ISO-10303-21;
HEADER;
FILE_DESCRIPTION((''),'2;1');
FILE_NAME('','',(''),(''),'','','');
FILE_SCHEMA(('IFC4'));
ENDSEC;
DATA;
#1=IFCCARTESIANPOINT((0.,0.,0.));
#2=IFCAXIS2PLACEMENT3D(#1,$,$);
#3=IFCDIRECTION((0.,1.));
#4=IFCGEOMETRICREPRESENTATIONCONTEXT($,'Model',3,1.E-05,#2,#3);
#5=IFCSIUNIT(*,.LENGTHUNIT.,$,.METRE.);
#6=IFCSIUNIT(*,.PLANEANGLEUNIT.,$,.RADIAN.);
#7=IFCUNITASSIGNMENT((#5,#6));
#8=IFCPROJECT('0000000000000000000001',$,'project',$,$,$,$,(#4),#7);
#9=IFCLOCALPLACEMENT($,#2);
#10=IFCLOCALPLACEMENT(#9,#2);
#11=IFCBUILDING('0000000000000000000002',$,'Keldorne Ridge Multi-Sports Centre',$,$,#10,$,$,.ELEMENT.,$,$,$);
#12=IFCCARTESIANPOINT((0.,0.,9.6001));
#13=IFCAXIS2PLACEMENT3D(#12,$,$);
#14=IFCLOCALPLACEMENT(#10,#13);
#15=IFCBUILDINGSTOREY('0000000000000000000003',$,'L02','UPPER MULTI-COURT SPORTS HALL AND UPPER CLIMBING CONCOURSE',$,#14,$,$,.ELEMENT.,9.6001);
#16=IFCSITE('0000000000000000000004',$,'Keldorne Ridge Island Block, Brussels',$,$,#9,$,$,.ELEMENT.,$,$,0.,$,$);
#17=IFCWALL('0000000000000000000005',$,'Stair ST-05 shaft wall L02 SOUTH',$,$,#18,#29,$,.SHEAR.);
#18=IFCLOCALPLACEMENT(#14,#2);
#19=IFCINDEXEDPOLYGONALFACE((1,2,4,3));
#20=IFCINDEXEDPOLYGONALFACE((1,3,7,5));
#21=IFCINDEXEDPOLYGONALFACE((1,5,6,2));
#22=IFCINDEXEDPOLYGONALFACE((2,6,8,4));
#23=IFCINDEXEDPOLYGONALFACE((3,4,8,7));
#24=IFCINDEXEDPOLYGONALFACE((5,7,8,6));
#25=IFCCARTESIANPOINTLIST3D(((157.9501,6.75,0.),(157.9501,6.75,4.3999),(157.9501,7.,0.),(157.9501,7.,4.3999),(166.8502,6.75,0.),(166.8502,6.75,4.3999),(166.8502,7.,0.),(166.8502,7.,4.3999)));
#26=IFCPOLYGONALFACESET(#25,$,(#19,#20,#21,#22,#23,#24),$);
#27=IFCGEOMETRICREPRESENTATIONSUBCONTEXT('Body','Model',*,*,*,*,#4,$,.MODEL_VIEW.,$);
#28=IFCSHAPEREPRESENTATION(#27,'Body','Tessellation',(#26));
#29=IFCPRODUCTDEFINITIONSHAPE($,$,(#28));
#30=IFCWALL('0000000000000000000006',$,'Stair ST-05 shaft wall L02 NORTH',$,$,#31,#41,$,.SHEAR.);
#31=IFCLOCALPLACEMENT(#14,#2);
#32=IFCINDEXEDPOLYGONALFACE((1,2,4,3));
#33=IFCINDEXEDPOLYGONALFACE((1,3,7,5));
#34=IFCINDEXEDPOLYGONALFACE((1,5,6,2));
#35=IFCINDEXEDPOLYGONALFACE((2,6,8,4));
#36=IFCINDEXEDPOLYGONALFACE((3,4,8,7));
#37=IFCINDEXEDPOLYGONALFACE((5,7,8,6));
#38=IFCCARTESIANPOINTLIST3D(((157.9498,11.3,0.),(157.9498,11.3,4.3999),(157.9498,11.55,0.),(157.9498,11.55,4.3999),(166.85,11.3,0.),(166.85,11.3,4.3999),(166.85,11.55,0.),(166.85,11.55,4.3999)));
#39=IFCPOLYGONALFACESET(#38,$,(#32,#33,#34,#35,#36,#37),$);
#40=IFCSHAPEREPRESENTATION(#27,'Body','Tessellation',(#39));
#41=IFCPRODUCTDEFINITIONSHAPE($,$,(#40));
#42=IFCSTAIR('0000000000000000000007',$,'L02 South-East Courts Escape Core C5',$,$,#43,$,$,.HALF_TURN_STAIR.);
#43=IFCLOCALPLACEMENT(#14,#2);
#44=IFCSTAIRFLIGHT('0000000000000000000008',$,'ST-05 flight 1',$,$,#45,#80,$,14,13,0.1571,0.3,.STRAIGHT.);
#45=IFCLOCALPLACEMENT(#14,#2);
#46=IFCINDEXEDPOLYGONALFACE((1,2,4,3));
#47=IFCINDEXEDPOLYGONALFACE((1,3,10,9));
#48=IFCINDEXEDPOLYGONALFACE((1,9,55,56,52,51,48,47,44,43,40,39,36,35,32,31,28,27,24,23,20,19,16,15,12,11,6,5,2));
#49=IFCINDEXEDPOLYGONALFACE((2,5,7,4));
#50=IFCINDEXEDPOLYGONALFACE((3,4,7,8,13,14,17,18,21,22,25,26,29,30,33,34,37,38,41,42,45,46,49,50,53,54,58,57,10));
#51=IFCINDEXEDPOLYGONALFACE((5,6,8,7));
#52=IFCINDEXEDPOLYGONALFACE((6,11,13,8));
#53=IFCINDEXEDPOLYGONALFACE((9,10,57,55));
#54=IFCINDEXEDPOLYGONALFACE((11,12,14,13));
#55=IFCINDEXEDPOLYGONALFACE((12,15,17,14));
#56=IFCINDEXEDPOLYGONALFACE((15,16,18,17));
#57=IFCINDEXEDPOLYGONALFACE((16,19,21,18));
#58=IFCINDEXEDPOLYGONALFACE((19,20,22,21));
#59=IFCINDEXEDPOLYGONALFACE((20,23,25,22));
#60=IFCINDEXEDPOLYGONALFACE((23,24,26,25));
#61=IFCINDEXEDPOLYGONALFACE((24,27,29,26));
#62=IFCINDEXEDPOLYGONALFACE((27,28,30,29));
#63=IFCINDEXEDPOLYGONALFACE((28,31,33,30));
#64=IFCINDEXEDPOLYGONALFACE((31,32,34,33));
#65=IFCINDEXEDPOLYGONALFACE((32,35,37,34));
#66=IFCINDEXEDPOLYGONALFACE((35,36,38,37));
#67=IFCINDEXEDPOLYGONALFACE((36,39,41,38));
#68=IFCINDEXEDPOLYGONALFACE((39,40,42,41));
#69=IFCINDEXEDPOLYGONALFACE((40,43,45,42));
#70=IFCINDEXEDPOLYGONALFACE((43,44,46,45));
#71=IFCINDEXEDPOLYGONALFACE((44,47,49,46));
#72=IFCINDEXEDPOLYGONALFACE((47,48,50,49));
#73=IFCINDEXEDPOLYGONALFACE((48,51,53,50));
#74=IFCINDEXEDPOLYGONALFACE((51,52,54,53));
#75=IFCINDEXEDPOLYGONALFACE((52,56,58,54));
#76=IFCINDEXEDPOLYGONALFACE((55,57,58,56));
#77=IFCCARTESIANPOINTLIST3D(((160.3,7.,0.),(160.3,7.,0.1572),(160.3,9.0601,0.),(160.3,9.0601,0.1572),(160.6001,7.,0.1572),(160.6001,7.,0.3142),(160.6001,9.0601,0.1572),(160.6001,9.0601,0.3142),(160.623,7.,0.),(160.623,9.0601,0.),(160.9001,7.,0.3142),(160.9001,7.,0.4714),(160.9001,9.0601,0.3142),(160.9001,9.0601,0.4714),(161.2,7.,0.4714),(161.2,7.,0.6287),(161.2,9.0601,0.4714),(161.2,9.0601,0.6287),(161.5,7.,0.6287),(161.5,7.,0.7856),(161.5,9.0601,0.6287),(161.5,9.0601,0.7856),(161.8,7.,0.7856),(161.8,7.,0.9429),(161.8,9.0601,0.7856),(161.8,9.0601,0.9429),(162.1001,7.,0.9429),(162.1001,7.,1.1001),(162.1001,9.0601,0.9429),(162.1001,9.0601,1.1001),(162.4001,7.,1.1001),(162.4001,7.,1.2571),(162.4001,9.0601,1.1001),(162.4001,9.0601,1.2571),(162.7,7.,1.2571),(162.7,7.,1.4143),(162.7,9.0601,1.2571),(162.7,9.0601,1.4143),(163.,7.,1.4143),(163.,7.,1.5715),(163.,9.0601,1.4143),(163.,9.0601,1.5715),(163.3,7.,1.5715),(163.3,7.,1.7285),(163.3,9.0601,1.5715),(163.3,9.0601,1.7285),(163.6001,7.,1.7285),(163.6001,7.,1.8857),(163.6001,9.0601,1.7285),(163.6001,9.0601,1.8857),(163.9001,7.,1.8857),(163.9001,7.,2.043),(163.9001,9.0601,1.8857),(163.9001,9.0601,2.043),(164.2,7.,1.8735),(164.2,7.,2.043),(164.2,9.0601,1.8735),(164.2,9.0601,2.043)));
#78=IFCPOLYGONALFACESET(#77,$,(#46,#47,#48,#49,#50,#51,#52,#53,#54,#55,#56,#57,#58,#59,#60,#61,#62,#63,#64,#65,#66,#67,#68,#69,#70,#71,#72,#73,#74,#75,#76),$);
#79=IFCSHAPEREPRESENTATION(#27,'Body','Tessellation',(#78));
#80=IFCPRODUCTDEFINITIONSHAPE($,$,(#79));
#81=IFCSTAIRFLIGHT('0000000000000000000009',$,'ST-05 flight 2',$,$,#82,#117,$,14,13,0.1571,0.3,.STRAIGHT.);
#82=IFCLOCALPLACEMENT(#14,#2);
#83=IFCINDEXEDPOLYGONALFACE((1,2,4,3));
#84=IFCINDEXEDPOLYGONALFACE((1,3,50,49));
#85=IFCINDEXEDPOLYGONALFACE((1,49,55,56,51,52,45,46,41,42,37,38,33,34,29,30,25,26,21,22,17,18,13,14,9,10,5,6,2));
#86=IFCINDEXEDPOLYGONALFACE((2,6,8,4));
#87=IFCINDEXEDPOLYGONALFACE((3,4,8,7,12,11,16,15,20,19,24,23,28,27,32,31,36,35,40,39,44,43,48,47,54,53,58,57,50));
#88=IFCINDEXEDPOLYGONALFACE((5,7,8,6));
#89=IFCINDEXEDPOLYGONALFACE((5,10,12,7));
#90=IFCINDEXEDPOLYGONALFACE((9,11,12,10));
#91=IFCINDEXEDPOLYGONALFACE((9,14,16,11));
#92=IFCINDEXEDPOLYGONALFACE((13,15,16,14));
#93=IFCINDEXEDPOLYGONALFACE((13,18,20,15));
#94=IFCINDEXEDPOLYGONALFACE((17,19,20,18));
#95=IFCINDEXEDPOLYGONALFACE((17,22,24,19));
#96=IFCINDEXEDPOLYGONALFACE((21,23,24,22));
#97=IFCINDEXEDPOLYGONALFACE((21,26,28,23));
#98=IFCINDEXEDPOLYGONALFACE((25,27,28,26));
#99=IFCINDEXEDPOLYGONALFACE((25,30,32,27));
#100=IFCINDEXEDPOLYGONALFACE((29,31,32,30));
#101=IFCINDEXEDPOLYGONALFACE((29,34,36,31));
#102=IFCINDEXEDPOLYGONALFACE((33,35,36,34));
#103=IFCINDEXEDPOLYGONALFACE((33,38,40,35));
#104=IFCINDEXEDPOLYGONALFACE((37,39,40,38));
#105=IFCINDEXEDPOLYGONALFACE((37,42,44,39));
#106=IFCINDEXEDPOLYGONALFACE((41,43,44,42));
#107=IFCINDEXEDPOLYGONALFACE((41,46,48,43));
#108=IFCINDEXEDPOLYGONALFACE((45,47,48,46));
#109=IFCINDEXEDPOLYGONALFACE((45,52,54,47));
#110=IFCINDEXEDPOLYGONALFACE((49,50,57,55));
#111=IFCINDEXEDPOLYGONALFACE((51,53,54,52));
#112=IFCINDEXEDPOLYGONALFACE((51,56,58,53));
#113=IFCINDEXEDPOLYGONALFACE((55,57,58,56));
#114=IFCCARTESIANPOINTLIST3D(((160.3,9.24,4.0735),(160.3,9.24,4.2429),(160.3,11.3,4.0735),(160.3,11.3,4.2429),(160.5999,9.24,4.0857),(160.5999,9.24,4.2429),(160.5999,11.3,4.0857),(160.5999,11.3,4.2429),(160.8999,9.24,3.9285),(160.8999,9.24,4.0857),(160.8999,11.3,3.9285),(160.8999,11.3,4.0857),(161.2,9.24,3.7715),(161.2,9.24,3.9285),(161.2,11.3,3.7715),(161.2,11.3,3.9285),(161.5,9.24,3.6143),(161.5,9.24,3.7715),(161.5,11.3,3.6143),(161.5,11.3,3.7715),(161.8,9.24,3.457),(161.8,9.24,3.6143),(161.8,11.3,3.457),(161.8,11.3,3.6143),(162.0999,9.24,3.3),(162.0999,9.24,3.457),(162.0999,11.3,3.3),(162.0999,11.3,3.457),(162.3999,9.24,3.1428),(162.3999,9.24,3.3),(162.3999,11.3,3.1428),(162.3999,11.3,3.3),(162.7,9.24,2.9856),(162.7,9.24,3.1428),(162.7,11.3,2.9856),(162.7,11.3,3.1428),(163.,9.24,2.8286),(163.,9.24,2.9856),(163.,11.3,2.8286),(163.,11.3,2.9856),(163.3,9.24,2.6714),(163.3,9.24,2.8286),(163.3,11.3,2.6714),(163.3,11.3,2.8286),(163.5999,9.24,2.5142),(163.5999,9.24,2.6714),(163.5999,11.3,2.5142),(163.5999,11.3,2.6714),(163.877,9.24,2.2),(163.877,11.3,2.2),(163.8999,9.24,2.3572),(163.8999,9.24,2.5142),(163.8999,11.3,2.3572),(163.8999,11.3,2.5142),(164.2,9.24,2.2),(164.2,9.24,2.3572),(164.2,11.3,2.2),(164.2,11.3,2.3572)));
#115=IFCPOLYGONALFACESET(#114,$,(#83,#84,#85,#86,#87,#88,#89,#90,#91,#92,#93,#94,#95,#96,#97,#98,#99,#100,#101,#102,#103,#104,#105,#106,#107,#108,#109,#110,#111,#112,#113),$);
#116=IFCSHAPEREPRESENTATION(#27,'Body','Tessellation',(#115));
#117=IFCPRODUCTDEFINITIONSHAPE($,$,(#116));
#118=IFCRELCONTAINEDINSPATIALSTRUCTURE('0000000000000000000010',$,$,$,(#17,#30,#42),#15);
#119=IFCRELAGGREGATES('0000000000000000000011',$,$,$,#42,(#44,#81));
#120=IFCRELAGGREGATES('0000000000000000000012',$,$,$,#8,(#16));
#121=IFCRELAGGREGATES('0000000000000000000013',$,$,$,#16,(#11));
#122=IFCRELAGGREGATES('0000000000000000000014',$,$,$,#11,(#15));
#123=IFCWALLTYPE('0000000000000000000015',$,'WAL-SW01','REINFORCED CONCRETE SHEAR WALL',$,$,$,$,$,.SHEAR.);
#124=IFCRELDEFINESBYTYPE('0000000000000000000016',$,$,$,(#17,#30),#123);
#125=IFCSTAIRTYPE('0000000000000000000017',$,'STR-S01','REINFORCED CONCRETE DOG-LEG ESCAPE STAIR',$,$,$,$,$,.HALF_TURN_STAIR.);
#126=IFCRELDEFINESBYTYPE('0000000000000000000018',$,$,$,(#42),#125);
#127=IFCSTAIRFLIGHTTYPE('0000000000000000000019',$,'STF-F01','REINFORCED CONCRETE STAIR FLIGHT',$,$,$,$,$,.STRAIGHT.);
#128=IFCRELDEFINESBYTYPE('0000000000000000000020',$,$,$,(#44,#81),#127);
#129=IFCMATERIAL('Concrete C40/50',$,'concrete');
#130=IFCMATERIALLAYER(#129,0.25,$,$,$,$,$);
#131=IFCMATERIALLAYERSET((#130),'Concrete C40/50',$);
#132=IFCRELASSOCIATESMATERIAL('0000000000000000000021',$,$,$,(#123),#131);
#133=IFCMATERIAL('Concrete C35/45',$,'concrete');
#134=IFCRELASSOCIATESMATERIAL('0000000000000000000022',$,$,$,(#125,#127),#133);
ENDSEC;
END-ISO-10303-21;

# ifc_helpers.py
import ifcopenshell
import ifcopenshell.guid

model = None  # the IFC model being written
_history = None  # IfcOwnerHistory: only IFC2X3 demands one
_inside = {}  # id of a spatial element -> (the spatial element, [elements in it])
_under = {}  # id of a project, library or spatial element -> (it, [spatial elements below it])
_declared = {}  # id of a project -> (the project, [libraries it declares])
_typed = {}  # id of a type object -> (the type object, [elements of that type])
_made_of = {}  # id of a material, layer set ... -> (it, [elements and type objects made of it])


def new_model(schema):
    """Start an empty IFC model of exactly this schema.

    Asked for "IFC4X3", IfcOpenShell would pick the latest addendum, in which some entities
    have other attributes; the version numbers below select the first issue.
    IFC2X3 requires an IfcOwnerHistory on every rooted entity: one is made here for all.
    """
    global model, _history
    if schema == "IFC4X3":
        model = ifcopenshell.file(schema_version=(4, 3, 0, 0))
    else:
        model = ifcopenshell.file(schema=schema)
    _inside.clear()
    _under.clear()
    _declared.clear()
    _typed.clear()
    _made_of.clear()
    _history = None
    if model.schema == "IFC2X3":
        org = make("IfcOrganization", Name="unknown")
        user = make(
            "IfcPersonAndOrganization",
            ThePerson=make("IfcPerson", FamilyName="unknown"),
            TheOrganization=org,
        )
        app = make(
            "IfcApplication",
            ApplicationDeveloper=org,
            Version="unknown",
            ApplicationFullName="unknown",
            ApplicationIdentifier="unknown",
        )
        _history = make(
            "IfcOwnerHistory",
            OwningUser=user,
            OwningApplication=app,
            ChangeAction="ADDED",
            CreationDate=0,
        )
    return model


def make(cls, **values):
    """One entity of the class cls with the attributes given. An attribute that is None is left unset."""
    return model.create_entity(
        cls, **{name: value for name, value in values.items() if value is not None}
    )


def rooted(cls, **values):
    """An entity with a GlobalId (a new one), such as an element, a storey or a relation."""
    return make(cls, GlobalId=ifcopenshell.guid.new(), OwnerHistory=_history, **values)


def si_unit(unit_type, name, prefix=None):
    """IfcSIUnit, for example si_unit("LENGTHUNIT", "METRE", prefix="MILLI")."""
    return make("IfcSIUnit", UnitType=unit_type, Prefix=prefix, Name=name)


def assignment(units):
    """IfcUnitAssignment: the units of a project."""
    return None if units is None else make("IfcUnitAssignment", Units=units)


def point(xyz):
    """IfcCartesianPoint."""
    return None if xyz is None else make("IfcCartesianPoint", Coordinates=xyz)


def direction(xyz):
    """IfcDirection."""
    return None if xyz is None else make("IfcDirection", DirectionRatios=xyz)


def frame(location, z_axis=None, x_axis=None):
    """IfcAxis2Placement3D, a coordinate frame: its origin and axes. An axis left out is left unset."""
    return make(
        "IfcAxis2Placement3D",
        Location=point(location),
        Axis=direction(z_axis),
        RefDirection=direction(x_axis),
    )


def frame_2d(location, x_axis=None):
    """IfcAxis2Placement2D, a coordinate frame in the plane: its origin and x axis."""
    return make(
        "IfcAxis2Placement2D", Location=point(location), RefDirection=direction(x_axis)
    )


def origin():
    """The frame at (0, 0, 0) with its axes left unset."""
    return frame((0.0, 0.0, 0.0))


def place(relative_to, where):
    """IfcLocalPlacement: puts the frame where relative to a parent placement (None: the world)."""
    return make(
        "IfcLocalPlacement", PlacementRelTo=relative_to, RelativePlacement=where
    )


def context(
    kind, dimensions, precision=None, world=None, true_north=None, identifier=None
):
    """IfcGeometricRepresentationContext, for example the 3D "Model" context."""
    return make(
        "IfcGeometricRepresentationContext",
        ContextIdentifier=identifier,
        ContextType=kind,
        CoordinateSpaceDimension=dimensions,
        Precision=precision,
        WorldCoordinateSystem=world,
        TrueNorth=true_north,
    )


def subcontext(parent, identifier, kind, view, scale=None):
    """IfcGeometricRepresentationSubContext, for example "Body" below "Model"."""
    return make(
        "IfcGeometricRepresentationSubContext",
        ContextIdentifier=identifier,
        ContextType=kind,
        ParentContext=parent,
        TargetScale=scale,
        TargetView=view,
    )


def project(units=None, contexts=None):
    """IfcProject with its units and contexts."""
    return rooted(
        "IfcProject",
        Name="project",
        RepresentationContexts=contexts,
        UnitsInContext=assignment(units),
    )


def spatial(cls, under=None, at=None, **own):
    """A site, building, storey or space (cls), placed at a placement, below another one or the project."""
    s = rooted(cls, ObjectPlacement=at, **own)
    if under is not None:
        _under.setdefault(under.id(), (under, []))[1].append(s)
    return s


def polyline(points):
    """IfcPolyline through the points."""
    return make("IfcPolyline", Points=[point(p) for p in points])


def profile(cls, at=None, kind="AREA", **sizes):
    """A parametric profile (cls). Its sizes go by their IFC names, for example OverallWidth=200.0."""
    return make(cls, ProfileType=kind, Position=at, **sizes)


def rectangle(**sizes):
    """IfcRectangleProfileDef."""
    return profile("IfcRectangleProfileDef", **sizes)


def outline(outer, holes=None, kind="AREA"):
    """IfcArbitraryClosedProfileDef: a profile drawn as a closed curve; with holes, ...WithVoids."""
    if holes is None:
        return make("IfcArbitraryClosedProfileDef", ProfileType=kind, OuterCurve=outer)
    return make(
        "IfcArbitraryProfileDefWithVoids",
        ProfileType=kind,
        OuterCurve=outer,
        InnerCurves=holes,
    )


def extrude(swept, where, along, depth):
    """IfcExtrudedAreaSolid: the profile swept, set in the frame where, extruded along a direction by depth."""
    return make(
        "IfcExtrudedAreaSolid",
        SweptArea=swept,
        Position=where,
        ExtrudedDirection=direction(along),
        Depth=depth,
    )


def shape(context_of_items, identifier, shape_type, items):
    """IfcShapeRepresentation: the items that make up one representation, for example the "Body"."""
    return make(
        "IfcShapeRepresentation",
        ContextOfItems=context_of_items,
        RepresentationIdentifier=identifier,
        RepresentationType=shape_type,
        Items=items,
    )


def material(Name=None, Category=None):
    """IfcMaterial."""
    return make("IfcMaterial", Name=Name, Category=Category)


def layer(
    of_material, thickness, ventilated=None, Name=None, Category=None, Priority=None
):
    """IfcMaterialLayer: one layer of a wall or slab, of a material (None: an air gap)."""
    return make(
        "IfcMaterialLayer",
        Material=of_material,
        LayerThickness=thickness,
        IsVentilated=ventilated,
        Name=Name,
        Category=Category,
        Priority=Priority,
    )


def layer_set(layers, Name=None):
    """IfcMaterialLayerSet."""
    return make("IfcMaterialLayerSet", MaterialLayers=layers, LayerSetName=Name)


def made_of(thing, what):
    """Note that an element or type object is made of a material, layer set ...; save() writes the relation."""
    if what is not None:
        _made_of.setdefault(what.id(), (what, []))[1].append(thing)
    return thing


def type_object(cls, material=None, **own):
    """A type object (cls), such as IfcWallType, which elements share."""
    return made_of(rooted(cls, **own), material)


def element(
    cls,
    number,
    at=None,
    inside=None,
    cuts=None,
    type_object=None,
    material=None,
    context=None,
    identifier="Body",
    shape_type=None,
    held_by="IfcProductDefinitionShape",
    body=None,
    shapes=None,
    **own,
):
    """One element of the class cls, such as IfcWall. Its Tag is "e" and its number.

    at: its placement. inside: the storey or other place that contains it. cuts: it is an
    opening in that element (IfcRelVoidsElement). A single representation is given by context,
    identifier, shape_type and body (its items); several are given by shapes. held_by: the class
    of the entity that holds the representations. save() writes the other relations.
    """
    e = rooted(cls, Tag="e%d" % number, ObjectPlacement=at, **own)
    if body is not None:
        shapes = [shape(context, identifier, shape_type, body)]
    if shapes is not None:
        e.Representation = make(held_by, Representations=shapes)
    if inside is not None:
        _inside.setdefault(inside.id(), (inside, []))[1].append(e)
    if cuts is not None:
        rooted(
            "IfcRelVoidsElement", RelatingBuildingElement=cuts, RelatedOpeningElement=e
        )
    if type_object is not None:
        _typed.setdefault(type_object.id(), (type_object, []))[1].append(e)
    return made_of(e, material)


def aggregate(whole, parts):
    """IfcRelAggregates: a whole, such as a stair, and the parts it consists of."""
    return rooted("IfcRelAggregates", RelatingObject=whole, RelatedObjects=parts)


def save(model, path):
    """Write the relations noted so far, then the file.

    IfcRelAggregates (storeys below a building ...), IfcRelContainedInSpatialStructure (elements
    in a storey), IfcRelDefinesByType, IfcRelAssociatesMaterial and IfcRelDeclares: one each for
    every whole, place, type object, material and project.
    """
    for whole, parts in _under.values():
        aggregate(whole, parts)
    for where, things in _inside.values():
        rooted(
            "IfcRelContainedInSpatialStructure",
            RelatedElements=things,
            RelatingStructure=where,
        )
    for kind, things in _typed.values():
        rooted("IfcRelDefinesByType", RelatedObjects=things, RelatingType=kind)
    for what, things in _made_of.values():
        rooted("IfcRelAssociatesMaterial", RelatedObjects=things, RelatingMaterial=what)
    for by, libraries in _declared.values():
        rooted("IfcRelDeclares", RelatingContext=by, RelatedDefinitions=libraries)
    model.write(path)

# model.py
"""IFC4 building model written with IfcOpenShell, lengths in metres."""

from ifc_helpers import new_model, si_unit, direction, frame, frame_2d, origin, place, context, subcontext, project, spatial, polyline, rectangle, outline, extrude, material, layer, layer_set, type_object, element, aggregate, save


model = new_model("IFC4")

# Units and contexts
model_context = context("Model", 3, precision=1e-05, world=origin(), true_north=direction((0.0, 1.0)))
body_context = subcontext(model_context, "Body", "Model", "MODEL_VIEW")
ifc_project = project(units=[si_unit("LENGTHUNIT", "METRE"), si_unit("PLANEANGLEUNIT", "RADIAN")], contexts=[model_context])

# Site, building, storey
site_placement = place(None, origin())
site = spatial("IfcSite", under=ifc_project, at=site_placement, Name="Keldorne Ridge Island Block, Brussels", CompositionType="ELEMENT", RefElevation=0.0)
building_placement = place(site_placement, origin())
building = spatial("IfcBuilding", under=site, at=building_placement, Name="Keldorne Ridge Multi-Sports Centre", CompositionType="ELEMENT")
storey_placement = place(building_placement, frame((0.0, 0.0, 9.6001)))
storey = spatial("IfcBuildingStorey", under=building, at=storey_placement, Name="L02", Description="UPPER MULTI-COURT SPORTS HALL AND UPPER CLIMBING CONCOURSE", CompositionType="ELEMENT", Elevation=9.6001)

# Shared definitions
ifc_material_1 = material(Name="Concrete C40/50", Category="concrete")
ifc_layer_1 = layer(ifc_material_1, 0.25)
ifc_layer_set_1 = layer_set([ifc_layer_1], Name="Concrete C40/50")
wall_type_1 = type_object("IfcWallType", Name="WAL-SW01", Description="REINFORCED CONCRETE SHEAR WALL", PredefinedType="SHEAR", material=ifc_layer_set_1)

# Walls
for number, where, z_axis, x_axis, name in (
    (1, (157.95, 6.875, 0.0), (0.0, 0.0, 1.0), (1.0, 0.0, 0.0), "Stair ST-05 shaft wall L02 SOUTH"),
    (2, (166.8501, 11.425, 0.0), (0.0, 0.0, 1.0), (-1.0, 0.0, 0.0), "Stair ST-05 shaft wall L02 NORTH"),
):
    element("IfcWall", number, at=place(storey_placement, frame(where, z_axis=z_axis, x_axis=x_axis)), inside=storey, type_object=wall_type_1, Name=name, PredefinedType="SHEAR", context=body_context, shape_type="SweptSolid", body=[
        extrude(rectangle(XDim=8.9001, YDim=0.25, at=frame_2d((4.4502, 0.0))), origin(), (0.0, 0.0, 1.0), 4.3999),
    ])

# Stair, stair flights
ifc_material_2 = material(Name="Concrete C35/45", Category="concrete")
stair_type = type_object("IfcStairType", Name="STR-S01", Description="REINFORCED CONCRETE DOG-LEG ESCAPE STAIR", PredefinedType="HALF_TURN_STAIR", material=ifc_material_2)
stair_placement = place(storey_placement, origin())
stair = element("IfcStair", 3, at=stair_placement, inside=storey, type_object=stair_type, Name="L02 South-East Courts Escape Core C5", PredefinedType="HALF_TURN_STAIR")
stair_flight_type = type_object("IfcStairFlightType", Name="STF-F01", Description="REINFORCED CONCRETE STAIR FLIGHT", PredefinedType="STRAIGHT", material=ifc_material_2)
stair_flight_1_placement = place(storey_placement, frame((160.3, 8.03, 0.0), z_axis=(0.0, 0.0, 1.0), x_axis=(1.0, 0.0, 0.0)))
stair_flight_1 = element("IfcStairFlight", 4, at=stair_flight_1_placement, type_object=stair_flight_type, Name="ST-05 flight 1", NumberOfRisers=14, NumberOfTreads=13, PredefinedType="STRAIGHT", RiserHeight=0.1571, TreadLength=0.3, context=body_context, shape_type="SweptSolid", body=[
    extrude(outline(polyline([(0.0, 0.0), (0.0, 0.1572), (0.3, 0.1572), (0.3, 0.3142), (0.6001, 0.3142), (0.6001, 0.4714), (0.8999, 0.4714), (0.8999, 0.6287), (1.2, 0.6287), (1.2, 0.7856), (1.5, 0.7856), (1.5, 0.9429), (1.8, 0.9429), (1.8, 1.1001), (2.1001, 1.1001), (2.1001, 1.2571), (2.3999, 1.2571), (2.3999, 1.4143), (2.7, 1.4143), (2.7, 1.5715), (3.0, 1.5715), (3.0, 1.7285), (3.3, 1.7285), (3.3, 1.8857), (3.6001, 1.8857), (3.6001, 2.043), (3.8999, 2.043), (3.8999, 2.2), (3.8999, 1.8735), (0.323, 0.0), (0.0, 0.0)])), frame((0.0, 1.03, 0.0), z_axis=(0.0, -1.0, 0.0), x_axis=(1.0, 0.0, 0.0)), (0.0, 0.0, 1.0), 2.0601),
])
stair_flight_2_placement = place(storey_placement, frame((164.2, 10.27, 2.2), z_axis=(0.0, 0.0, 1.0), x_axis=(-1.0, 0.0, 0.0)))
stair_flight_2 = element("IfcStairFlight", 5, at=stair_flight_2_placement, type_object=stair_flight_type, Name="ST-05 flight 2", NumberOfRisers=14, NumberOfTreads=13, PredefinedType="STRAIGHT", RiserHeight=0.1571, TreadLength=0.3, context=body_context, shape_type="SweptSolid", body=[
    extrude(outline(polyline([(0.0, 0.0), (0.0, 0.1572), (0.3, 0.1572), (0.3, 0.3142), (0.6001, 0.3142), (0.6001, 0.4714), (0.8999, 0.4714), (0.8999, 0.6287), (1.2, 0.6287), (1.2, 0.7856), (1.5, 0.7856), (1.5, 0.9429), (1.8, 0.9429), (1.8, 1.1001), (2.1001, 1.1001), (2.1001, 1.2571), (2.3999, 1.2571), (2.3999, 1.4143), (2.7, 1.4143), (2.7, 1.5715), (3.0, 1.5715), (3.0, 1.7285), (3.3, 1.7285), (3.3, 1.8857), (3.6001, 1.8857), (3.6001, 2.043), (3.8999, 2.043), (3.8999, 2.2), (3.8999, 1.8735), (0.323, 0.0), (0.0, 0.0)])), frame((0.0, 1.03, 0.0), z_axis=(0.0, -1.0, 0.0), x_axis=(1.0, 0.0, 0.0)), (0.0, 0.0, 1.0), 2.0601),
])
aggregate(stair, [stair_flight_1, stair_flight_2])

save(model, "model.ifc")
